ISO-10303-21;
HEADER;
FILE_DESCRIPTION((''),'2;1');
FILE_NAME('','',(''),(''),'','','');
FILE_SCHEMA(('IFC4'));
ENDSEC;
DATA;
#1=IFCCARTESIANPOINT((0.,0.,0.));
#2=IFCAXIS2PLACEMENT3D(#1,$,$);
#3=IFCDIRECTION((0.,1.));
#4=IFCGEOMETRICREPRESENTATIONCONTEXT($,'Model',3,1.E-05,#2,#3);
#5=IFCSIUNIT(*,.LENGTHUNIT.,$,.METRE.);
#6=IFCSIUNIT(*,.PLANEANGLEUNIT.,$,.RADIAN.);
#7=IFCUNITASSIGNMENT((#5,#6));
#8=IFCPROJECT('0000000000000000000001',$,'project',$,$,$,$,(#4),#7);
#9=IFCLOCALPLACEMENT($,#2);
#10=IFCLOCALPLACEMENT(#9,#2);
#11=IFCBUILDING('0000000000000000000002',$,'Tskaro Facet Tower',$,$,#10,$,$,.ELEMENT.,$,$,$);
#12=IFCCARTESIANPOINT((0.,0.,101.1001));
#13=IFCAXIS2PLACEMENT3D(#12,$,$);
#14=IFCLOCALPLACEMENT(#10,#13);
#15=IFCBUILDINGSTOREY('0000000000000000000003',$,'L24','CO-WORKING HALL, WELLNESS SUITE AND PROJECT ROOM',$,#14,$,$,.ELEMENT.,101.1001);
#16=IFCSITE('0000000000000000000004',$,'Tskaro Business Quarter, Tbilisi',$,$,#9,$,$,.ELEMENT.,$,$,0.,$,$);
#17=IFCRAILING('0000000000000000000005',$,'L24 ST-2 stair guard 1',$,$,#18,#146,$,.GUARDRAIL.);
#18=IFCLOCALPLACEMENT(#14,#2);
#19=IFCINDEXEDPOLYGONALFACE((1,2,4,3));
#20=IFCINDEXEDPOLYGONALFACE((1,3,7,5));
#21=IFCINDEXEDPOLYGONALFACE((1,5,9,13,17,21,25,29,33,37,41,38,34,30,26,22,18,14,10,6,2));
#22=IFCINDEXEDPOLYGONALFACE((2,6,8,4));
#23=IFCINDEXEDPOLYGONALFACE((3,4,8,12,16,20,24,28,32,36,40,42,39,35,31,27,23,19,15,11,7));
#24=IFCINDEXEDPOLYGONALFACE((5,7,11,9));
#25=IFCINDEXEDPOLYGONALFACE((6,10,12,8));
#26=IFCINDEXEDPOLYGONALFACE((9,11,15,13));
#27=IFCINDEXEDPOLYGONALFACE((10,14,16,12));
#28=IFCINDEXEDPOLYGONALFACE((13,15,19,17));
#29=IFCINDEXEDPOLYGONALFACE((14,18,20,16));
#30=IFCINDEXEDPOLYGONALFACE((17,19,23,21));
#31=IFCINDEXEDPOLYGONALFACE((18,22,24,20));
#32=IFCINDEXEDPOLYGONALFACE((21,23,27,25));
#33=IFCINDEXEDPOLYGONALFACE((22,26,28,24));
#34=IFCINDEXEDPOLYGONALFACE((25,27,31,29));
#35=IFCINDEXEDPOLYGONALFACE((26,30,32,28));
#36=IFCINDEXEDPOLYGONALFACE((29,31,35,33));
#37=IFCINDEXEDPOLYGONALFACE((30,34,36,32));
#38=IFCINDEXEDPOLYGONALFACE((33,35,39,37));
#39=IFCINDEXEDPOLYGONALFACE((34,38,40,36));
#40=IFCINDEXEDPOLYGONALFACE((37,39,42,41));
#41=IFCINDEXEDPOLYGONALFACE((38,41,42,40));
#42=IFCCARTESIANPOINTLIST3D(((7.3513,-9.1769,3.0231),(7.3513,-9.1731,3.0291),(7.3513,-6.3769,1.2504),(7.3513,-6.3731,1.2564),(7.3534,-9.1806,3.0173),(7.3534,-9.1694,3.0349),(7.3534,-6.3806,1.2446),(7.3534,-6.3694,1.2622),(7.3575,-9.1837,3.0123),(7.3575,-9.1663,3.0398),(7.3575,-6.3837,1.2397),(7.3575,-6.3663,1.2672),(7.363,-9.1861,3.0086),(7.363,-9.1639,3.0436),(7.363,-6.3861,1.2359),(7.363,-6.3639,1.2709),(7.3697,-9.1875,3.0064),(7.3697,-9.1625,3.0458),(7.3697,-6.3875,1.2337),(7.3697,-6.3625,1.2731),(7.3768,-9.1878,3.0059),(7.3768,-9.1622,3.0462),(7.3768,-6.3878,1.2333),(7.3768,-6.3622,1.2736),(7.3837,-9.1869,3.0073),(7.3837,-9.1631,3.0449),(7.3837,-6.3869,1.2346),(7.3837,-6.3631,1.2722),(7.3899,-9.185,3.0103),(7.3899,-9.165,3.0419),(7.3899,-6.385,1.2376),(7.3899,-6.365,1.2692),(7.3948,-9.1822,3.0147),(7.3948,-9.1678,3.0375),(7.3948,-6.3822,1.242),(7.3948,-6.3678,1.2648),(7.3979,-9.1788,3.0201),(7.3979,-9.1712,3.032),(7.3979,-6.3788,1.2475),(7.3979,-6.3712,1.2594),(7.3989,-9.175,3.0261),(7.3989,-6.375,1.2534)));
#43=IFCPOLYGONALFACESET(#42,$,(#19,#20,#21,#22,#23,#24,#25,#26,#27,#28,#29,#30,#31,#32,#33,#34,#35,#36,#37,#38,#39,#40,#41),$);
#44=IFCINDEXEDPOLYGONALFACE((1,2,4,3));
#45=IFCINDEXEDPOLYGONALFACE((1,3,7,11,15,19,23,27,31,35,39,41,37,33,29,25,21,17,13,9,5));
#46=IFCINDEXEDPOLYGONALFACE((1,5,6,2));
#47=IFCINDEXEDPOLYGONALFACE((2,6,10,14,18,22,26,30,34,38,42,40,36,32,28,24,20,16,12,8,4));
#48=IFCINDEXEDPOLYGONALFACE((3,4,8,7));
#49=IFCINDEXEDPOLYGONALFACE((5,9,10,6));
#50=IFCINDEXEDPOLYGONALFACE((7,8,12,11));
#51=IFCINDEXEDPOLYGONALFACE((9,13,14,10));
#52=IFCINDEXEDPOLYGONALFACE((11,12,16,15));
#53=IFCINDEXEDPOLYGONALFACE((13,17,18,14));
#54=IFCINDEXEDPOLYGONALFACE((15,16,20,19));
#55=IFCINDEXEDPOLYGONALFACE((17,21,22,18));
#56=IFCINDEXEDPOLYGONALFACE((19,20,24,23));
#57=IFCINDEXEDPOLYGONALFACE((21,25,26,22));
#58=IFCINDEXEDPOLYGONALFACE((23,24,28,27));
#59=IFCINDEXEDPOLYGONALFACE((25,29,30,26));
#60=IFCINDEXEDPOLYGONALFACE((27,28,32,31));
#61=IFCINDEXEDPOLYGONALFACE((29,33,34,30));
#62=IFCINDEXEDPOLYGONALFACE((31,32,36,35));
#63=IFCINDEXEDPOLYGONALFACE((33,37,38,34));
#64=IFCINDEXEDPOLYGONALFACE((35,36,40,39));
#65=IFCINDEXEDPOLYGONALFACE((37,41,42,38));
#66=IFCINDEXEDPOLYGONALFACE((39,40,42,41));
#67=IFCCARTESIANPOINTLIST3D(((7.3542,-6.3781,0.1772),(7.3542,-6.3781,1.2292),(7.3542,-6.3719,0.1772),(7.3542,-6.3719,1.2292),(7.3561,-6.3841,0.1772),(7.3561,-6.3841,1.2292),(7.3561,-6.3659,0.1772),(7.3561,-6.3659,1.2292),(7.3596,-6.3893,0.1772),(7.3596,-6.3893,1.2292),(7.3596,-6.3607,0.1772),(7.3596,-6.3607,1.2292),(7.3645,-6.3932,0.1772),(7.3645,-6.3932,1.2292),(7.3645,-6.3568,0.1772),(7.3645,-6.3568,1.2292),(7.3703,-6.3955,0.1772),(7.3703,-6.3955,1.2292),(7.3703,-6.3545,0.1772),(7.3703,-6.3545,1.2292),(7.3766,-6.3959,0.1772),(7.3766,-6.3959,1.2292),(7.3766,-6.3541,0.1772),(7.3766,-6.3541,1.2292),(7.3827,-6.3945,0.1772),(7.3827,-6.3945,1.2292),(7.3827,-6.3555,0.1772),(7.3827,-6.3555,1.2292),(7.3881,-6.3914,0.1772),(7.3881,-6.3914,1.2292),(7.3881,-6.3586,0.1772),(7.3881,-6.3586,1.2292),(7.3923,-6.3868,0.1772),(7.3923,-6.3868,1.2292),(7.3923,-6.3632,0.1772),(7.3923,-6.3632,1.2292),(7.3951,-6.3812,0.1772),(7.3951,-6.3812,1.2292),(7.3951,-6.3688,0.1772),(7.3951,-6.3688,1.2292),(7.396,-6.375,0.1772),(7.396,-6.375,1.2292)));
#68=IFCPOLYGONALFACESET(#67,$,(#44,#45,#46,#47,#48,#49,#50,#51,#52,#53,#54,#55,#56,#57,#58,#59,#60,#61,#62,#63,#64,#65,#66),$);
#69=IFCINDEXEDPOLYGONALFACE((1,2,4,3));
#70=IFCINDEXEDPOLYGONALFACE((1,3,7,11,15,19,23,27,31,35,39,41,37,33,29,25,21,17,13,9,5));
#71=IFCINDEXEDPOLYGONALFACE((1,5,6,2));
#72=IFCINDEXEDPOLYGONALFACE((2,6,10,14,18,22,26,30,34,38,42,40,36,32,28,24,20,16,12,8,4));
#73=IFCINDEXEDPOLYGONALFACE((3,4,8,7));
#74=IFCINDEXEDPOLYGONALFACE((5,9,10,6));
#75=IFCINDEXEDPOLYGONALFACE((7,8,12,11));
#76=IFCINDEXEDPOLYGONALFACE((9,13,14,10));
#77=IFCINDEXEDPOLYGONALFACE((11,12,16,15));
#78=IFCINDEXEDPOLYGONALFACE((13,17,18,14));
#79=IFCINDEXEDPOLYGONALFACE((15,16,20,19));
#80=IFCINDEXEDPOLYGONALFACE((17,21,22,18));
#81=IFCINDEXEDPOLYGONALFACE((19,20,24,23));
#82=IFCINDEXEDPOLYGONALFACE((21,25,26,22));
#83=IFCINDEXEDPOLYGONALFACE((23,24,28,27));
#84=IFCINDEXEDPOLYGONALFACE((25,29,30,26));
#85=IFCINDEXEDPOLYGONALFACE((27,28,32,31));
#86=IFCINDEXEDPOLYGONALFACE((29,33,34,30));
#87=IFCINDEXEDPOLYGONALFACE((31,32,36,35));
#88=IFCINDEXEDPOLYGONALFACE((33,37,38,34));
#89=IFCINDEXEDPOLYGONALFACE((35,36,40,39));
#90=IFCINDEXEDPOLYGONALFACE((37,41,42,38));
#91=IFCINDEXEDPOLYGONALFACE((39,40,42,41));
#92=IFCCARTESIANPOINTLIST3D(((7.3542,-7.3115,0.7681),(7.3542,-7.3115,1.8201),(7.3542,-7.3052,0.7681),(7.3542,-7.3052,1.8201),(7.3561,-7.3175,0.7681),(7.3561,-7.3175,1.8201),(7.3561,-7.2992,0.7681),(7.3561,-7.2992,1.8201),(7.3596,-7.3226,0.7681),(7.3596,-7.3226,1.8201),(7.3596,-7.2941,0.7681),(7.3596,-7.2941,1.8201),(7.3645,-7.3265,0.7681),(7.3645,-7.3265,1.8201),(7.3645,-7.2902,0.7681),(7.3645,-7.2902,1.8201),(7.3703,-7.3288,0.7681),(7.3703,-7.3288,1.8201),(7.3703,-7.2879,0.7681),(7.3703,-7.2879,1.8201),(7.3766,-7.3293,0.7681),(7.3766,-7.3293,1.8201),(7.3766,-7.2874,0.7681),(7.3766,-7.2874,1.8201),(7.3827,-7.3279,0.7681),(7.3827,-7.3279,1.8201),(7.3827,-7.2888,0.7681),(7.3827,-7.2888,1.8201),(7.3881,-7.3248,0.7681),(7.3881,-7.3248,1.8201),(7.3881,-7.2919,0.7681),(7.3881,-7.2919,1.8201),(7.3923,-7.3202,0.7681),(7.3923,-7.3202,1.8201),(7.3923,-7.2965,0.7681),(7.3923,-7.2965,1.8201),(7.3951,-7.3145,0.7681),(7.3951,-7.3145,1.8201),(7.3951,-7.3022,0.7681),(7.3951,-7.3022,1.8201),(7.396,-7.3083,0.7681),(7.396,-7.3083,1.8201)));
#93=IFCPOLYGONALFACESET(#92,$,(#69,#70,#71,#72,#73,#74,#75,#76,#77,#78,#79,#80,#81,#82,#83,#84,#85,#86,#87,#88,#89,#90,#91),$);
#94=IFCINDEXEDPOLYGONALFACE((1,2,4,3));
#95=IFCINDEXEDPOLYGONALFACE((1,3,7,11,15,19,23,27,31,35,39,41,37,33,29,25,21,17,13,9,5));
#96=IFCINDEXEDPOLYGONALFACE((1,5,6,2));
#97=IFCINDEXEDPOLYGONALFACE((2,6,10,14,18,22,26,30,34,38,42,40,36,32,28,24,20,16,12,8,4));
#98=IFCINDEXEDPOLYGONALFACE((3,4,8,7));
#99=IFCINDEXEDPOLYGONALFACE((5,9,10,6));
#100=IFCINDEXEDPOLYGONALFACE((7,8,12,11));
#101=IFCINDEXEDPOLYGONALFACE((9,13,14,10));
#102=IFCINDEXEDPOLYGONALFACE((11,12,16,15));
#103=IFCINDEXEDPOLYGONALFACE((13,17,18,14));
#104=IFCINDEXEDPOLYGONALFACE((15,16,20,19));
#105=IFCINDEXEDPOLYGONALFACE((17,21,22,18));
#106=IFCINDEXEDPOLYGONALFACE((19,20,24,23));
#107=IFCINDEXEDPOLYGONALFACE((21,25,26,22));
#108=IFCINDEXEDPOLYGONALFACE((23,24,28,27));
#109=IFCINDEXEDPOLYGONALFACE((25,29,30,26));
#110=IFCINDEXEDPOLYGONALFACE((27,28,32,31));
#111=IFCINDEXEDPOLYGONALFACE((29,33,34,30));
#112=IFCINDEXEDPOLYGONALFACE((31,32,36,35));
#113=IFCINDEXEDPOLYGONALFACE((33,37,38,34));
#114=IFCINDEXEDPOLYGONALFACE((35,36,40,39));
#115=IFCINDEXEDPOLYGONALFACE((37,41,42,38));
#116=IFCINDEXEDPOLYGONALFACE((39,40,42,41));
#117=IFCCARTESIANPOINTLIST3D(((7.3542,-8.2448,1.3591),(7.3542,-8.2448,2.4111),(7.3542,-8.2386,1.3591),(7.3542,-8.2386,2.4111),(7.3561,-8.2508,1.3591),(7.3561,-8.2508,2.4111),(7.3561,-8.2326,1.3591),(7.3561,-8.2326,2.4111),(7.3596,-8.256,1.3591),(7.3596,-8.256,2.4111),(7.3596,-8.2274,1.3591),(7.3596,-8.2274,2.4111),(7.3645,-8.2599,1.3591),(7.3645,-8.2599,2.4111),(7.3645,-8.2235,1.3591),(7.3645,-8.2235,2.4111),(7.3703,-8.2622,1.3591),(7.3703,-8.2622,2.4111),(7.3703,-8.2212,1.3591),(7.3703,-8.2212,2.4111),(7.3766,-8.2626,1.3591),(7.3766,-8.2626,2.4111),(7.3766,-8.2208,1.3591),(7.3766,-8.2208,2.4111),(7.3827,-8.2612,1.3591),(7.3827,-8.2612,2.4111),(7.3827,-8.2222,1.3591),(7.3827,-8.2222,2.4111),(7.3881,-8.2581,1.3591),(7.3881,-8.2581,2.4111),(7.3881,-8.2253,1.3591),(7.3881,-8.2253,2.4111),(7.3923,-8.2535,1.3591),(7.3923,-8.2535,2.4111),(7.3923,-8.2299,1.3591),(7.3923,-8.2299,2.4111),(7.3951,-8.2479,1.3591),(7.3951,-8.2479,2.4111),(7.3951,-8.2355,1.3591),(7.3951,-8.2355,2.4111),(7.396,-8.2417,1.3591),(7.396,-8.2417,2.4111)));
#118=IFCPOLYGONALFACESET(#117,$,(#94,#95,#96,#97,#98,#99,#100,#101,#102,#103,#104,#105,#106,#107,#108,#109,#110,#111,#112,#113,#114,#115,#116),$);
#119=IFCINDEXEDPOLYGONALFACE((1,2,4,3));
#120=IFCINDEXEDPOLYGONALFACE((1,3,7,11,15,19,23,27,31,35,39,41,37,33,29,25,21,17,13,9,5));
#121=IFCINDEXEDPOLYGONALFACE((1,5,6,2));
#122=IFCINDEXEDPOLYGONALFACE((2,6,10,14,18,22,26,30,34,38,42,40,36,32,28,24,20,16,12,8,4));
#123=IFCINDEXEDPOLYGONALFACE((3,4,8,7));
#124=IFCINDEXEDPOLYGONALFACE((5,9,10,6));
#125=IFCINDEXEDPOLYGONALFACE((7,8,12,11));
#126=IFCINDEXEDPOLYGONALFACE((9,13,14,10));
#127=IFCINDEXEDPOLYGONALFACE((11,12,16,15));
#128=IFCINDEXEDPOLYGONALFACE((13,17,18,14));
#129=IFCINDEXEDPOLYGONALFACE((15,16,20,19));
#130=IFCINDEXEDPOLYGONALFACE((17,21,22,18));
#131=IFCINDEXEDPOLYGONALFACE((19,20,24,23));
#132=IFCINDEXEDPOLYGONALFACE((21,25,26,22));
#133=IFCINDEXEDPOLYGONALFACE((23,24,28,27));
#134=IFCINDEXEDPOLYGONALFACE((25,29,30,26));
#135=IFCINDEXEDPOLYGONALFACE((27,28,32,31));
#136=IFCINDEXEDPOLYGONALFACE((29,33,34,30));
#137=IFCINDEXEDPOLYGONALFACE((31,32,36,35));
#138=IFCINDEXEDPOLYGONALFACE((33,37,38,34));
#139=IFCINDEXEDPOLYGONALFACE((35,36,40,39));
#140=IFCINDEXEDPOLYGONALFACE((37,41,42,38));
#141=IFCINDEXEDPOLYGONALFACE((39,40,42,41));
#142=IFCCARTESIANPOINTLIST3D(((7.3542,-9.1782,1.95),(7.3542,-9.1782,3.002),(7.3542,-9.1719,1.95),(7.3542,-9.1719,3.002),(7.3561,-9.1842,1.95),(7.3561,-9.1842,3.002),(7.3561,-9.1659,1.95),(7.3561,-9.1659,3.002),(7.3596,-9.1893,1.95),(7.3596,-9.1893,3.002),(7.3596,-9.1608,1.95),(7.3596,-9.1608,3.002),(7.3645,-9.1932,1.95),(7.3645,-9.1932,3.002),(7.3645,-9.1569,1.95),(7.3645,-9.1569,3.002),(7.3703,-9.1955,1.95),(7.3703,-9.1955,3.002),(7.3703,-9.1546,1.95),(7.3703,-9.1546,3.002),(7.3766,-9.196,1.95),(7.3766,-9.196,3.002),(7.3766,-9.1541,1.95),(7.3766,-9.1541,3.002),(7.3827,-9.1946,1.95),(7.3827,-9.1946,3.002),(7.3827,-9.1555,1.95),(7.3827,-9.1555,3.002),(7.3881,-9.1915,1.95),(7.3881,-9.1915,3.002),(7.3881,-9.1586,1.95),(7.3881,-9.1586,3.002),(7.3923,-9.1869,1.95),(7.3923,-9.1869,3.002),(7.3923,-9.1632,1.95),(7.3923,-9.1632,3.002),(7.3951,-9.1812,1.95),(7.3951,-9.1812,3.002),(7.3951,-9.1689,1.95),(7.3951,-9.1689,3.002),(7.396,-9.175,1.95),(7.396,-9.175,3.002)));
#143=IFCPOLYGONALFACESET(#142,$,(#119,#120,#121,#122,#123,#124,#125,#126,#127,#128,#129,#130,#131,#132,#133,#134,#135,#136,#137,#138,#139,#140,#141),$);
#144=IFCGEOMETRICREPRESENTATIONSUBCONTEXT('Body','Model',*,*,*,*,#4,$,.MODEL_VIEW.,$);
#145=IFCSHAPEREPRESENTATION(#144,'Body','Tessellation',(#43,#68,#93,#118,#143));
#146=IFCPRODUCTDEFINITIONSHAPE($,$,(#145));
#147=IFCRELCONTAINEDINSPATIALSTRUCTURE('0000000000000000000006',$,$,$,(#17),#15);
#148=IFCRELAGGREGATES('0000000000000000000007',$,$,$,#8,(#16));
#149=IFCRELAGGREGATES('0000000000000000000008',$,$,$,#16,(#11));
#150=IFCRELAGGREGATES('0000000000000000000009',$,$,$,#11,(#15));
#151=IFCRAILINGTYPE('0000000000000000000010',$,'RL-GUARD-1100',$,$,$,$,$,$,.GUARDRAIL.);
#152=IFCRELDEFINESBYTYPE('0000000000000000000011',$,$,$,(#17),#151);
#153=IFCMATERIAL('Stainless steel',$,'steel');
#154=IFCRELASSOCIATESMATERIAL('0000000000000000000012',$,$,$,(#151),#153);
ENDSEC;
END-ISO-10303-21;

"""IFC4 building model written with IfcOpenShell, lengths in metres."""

from ifc_helpers import new_model, si_unit, direction, frame, origin, origin_2d, place, context, subcontext, project, spatial, circle, extrude, material, type_object, element, save


model = new_model("IFC4")

# Units and contexts
model_context = context("Model", 3, precision=1e-05, world=origin(), true_north=direction((0.0, 1.0)))
body_context = subcontext(model_context, "Body", "Model", "MODEL_VIEW")
ifc_project = project(units=[si_unit("LENGTHUNIT", "METRE"), si_unit("PLANEANGLEUNIT", "RADIAN")], contexts=[model_context])

# Site, building, storey
site_placement = place(None, origin())
site = spatial("IfcSite", under=ifc_project, at=site_placement, Name="Tskaro Business Quarter, Tbilisi", CompositionType="ELEMENT", RefElevation=0.0)
building_placement = place(site_placement, origin())
building = spatial("IfcBuilding", under=site, at=building_placement, Name="Tskaro Facet Tower", CompositionType="ELEMENT")
storey_placement = place(building_placement, frame((0.0, 0.0, 101.1001)))
storey = spatial("IfcBuildingStorey", under=building, at=storey_placement, Name="L24", Description="CO-WORKING HALL, WELLNESS SUITE AND PROJECT ROOM", CompositionType="ELEMENT", Elevation=101.1001)

# Shared definitions
ifc_material_1 = material(Name="Stainless steel", Category="steel")

# Railing
railing_type_1 = type_object("IfcRailingType", Name="RL-GUARD-1100", PredefinedType="GUARDRAIL", material=ifc_material_1)
railing_1_placement = place(storey_placement, frame((7.375, -6.375, 0.1772)))
element("IfcRailing", 1, at=railing_1_placement, inside=storey, type_object=railing_type_1, Name="L24 ST-2 stair guard 1", PredefinedType="GUARDRAIL", context=body_context, shape_type="SweptSolid", body=[
    extrude(circle(Radius=0.0239, at=origin_2d()), frame((0.0, 0.0, 1.0762), z_axis=(0.0, -0.844909, 0.53491), x_axis=(1.0, 0.0, 0.0)), (0.0, 0.0, 1.0), 3.314),
    extrude(circle(Radius=0.021, at=origin_2d()), origin(), (0.0, 0.0, 1.0), 1.052),
    extrude(circle(Radius=0.021, at=origin_2d()), frame((0.0, -0.9333, 0.5908)), (0.0, 0.0, 1.0), 1.052),
    extrude(circle(Radius=0.021, at=origin_2d()), frame((0.0, -1.8667, 1.1819)), (0.0, 0.0, 1.0), 1.052),
    extrude(circle(Radius=0.021, at=origin_2d()), frame((0.0, -2.8, 1.7727)), (0.0, 0.0, 1.0), 1.052),
])

save(model, "model.ifc")
